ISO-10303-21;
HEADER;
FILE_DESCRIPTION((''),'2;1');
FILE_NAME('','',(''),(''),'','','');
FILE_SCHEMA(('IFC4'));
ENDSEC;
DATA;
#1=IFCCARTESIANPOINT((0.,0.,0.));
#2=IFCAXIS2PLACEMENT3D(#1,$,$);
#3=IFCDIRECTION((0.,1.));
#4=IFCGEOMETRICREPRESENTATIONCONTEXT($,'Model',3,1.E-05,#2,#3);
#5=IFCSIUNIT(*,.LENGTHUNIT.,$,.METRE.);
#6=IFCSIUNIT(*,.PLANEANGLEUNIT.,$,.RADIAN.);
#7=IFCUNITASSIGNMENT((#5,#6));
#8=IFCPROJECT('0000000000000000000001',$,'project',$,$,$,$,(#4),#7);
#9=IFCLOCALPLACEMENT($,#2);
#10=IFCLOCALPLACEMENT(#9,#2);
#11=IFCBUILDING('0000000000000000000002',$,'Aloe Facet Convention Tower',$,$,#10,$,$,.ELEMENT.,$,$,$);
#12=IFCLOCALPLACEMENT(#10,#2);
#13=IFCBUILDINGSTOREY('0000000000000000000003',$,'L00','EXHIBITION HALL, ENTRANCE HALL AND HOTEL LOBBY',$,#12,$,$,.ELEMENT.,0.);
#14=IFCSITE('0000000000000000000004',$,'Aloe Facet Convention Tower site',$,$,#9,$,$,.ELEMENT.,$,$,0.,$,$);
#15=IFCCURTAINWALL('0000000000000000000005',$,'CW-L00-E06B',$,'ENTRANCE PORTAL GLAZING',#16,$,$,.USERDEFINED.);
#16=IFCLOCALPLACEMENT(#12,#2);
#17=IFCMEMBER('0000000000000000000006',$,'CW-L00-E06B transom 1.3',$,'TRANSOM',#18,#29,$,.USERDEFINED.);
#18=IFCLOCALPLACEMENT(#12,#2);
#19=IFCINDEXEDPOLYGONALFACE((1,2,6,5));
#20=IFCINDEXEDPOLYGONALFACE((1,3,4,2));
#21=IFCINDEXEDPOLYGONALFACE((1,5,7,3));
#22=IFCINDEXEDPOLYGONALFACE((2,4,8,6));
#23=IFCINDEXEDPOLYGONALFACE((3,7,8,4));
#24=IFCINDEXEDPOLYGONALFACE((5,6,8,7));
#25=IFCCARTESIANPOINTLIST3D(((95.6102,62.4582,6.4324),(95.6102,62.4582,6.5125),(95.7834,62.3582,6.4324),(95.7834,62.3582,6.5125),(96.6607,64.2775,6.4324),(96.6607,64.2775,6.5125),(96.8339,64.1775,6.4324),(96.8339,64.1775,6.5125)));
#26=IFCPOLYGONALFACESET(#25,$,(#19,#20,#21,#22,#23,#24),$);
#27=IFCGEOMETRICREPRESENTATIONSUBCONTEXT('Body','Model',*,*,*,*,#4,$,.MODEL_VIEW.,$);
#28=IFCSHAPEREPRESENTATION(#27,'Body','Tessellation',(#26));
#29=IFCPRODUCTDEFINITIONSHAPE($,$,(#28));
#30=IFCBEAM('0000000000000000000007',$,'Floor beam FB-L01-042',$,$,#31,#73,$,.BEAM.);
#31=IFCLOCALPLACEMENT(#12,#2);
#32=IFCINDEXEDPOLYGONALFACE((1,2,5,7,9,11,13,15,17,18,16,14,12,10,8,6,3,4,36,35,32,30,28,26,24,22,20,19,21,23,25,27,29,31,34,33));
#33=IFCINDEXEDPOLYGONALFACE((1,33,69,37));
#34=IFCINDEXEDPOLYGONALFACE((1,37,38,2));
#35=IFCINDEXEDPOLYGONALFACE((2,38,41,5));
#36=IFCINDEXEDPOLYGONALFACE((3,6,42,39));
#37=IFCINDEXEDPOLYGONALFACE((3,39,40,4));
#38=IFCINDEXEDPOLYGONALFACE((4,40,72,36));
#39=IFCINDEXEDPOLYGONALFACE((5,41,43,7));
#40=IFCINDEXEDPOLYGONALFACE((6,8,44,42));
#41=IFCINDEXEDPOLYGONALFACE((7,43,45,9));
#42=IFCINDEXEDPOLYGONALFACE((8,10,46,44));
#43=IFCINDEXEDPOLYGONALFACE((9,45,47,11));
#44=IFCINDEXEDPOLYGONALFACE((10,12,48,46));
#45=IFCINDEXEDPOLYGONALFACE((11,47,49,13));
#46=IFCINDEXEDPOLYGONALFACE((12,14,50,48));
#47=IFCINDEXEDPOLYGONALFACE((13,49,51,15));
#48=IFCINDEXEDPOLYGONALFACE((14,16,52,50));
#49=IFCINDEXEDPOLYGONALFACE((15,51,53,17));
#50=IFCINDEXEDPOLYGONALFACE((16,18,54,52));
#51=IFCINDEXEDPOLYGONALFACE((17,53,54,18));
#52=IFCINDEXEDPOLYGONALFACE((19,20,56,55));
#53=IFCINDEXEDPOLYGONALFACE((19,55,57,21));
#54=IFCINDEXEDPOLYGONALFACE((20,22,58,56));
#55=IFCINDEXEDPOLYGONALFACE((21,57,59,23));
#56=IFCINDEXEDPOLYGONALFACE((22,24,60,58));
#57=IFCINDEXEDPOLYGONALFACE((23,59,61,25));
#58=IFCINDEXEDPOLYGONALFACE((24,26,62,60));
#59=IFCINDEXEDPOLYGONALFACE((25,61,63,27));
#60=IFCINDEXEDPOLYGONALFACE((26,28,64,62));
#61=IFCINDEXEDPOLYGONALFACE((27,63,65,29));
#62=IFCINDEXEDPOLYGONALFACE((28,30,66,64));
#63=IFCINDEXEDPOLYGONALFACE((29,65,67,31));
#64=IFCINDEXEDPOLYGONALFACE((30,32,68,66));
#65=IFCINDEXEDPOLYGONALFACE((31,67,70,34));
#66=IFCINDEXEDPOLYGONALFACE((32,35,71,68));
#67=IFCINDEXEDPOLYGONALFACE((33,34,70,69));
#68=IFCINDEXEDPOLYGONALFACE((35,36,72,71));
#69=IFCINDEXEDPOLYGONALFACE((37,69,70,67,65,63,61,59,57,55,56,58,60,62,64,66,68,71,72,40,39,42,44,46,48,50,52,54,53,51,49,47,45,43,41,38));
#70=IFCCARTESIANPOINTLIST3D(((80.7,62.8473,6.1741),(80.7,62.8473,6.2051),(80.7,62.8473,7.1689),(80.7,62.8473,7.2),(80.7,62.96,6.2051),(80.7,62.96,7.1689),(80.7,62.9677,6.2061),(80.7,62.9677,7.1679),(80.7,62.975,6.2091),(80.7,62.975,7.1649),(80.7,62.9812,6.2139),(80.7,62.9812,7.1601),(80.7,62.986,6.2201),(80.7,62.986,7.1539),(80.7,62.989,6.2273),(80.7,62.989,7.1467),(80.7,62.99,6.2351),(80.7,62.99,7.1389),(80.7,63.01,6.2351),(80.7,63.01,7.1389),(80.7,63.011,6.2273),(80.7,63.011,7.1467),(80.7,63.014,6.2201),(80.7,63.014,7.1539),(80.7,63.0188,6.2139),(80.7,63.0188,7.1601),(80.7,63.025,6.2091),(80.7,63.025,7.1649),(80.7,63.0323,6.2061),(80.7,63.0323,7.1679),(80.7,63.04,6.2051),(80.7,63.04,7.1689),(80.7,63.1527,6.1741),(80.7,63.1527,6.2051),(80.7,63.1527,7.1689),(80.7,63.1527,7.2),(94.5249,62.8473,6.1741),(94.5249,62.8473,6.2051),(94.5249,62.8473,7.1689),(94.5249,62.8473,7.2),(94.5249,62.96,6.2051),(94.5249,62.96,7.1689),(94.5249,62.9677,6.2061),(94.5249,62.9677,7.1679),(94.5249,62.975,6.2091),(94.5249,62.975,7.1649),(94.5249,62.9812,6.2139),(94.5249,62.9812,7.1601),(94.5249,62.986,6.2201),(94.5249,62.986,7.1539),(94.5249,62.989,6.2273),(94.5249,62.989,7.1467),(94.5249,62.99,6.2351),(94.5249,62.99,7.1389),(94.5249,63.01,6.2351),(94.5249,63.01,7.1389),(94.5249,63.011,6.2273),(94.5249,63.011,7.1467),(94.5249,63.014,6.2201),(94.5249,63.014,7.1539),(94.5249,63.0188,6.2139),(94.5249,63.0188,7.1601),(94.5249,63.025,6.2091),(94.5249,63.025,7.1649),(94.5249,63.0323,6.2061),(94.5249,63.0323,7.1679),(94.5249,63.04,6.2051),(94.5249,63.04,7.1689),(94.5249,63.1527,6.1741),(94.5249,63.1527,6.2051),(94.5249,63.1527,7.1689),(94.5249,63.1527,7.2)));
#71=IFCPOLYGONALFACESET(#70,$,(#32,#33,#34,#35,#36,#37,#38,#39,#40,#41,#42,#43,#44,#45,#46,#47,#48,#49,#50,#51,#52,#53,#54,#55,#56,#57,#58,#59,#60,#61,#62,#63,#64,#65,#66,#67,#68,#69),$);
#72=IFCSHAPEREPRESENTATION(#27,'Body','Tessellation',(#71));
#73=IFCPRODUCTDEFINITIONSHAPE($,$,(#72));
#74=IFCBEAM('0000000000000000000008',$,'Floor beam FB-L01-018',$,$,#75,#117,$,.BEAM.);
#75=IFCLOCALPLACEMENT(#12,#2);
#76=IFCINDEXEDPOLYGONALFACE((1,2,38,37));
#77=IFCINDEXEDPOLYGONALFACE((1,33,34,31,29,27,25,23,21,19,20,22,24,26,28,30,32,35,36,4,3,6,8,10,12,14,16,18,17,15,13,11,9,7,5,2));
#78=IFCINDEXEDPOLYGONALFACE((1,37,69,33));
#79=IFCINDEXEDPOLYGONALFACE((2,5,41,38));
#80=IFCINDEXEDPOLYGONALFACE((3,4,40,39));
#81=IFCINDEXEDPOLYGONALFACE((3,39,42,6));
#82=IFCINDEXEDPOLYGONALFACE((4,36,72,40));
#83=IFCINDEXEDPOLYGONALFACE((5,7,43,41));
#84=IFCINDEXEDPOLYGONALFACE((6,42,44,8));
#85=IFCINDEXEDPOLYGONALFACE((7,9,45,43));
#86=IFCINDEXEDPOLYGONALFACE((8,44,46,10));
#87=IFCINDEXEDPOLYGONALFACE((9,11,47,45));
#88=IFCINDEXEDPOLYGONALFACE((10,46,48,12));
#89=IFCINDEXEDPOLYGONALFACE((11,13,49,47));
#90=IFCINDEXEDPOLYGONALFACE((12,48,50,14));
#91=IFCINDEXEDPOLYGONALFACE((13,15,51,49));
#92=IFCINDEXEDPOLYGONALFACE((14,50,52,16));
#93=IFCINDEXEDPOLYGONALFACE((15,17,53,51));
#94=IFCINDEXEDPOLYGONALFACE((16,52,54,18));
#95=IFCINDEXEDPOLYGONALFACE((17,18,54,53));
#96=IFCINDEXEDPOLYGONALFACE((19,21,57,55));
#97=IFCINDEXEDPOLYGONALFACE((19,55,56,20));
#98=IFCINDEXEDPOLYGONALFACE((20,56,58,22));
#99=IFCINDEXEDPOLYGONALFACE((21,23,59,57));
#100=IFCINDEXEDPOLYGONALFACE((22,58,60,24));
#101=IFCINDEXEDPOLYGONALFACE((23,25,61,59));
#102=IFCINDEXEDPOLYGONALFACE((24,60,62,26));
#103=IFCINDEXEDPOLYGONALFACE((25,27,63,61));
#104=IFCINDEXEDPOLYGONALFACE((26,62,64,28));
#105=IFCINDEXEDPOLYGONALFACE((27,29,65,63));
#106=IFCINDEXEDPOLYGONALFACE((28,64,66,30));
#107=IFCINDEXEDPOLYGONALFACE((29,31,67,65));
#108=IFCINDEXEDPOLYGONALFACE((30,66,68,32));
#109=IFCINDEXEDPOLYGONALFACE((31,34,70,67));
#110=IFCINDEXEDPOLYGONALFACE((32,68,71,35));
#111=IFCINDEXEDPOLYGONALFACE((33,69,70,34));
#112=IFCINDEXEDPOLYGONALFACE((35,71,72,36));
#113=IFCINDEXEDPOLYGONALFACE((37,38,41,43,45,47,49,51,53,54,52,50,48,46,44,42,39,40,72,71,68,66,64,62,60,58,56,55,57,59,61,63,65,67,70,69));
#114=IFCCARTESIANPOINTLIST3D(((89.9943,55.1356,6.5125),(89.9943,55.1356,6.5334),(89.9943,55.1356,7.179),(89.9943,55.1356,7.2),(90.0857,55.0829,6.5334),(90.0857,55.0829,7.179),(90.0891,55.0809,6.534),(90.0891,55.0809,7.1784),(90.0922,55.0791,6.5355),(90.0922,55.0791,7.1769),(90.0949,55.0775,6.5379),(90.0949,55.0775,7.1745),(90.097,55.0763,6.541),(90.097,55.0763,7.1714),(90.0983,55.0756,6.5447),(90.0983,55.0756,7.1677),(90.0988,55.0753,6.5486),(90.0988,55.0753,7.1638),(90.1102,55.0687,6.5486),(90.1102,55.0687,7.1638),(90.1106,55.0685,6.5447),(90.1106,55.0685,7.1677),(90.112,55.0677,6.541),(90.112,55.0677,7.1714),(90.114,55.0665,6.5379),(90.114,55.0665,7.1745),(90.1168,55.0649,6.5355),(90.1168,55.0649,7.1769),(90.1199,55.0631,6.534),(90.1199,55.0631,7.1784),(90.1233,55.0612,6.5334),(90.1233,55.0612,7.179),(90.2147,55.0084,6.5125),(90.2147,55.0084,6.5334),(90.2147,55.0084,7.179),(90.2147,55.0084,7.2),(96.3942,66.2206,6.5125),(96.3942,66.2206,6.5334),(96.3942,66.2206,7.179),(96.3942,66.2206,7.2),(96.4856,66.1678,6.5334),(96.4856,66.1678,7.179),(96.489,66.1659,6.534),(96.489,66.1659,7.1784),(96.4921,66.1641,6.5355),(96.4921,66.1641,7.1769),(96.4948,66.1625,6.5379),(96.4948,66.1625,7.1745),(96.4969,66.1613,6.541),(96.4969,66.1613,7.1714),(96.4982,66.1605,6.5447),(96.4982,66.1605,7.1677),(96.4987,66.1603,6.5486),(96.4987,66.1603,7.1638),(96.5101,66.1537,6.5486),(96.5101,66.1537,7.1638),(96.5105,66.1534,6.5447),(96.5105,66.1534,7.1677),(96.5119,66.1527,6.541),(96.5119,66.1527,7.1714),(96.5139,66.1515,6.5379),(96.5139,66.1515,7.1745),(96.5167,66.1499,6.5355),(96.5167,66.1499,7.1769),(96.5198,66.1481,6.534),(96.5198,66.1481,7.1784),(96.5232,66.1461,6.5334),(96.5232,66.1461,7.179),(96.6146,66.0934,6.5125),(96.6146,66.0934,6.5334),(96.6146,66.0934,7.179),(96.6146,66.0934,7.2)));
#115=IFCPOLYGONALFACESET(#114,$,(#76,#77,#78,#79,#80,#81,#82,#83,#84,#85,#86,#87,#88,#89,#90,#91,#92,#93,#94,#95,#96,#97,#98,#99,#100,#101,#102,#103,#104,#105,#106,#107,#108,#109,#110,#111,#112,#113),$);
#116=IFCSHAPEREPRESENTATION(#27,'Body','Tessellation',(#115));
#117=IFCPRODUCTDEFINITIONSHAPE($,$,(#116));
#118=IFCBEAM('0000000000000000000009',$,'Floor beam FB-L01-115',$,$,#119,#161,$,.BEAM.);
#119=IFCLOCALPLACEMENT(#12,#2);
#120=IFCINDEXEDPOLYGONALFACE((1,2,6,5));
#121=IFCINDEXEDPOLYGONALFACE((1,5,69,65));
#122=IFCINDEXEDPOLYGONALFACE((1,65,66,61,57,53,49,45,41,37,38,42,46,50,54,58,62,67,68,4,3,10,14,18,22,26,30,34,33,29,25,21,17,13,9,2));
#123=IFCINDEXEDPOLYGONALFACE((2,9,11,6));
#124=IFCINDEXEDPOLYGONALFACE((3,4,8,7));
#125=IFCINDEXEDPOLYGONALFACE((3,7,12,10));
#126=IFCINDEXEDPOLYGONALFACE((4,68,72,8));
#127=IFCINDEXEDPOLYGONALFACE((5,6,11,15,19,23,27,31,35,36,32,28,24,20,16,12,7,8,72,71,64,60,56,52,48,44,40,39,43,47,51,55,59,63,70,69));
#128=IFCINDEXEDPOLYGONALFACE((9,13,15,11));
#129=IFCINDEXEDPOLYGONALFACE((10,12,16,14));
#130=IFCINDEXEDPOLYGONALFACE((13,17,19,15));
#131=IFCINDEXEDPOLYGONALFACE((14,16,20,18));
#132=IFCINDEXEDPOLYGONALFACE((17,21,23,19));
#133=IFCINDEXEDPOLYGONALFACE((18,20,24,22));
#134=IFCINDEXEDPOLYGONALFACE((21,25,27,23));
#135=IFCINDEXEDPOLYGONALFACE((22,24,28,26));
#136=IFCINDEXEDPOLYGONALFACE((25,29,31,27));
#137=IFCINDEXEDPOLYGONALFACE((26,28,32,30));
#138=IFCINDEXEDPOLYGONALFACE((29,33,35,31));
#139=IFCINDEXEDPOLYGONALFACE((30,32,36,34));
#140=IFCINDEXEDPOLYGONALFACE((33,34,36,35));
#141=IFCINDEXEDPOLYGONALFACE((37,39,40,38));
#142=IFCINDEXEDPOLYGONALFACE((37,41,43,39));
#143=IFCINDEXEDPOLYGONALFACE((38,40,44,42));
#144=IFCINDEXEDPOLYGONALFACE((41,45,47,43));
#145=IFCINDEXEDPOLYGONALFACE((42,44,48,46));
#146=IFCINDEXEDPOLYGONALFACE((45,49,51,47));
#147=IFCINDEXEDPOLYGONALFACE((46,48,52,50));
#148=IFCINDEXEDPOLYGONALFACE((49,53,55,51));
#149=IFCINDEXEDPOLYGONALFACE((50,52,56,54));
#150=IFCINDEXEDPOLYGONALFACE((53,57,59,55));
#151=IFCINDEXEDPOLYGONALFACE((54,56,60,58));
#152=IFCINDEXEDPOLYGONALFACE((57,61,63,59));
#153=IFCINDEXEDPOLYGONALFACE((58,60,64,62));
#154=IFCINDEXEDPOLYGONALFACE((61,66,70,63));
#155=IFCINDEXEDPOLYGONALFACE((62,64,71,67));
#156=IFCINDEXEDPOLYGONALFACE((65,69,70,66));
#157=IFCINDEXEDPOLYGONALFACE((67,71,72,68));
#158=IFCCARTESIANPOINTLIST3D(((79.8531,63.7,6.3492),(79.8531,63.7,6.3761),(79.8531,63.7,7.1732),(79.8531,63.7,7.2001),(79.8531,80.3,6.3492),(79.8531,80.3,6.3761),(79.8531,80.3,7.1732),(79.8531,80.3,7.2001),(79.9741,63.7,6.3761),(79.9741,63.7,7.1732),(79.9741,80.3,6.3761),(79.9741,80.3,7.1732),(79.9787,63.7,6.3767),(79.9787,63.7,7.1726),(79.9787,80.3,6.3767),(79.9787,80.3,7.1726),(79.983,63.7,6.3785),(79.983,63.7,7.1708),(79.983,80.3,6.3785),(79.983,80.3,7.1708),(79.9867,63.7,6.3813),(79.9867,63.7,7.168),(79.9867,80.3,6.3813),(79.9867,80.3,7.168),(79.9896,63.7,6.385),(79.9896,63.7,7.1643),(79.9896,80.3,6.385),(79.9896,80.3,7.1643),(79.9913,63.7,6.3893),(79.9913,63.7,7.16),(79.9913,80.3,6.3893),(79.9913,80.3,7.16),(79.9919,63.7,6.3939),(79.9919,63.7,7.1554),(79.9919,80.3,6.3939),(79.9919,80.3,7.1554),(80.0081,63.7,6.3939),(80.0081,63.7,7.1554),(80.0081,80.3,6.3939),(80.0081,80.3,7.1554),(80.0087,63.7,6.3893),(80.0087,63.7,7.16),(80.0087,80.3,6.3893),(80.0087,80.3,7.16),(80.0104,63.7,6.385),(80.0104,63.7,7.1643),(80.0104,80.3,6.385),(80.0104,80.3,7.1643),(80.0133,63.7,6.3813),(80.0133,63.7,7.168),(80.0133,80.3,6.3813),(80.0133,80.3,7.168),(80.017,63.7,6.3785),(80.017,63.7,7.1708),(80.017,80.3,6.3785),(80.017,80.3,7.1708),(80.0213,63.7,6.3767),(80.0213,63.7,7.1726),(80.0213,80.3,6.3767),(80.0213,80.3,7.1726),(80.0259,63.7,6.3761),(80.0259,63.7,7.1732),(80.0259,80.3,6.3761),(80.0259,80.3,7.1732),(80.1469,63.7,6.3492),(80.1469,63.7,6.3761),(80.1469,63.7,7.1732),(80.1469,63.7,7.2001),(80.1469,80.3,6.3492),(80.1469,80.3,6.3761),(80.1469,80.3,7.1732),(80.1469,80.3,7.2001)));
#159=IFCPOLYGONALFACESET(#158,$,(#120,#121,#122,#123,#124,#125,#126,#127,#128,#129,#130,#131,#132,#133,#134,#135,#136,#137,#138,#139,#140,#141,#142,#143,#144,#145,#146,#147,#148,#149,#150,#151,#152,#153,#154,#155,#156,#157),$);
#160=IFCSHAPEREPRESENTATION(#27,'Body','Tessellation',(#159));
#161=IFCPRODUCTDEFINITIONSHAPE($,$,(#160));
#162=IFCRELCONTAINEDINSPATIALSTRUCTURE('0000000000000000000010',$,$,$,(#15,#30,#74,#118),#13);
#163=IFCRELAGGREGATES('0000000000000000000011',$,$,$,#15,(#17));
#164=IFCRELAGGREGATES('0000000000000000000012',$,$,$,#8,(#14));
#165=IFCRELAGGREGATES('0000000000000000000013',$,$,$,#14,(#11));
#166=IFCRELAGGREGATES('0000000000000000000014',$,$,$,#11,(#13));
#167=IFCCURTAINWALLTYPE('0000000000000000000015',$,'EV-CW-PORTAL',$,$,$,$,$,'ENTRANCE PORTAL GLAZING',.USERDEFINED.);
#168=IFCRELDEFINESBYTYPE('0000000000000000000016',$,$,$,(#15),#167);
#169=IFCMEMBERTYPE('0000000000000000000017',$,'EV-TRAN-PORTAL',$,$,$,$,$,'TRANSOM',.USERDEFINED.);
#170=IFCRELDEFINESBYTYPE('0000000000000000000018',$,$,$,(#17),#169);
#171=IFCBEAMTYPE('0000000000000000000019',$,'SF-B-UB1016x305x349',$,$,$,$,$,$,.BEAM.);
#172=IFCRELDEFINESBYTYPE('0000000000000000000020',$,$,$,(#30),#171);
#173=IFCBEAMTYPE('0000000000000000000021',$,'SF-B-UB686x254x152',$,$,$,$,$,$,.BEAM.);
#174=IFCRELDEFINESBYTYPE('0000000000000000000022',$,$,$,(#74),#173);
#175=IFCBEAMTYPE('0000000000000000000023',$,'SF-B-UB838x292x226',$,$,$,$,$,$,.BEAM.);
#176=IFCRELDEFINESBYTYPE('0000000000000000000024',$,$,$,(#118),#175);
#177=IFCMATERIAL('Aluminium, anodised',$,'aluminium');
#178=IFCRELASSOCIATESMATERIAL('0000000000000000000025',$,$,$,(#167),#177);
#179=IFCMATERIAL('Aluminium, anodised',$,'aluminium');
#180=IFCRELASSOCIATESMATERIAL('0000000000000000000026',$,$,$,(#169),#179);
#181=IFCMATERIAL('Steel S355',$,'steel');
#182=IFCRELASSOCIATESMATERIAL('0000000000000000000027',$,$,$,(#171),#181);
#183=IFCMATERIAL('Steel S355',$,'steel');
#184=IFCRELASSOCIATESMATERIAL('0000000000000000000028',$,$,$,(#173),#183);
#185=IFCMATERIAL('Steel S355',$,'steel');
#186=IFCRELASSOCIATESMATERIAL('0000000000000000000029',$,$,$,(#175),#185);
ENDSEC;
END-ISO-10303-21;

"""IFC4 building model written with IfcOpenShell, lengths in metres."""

from ifc_helpers import new_model, si_unit, direction, frame, origin, origin_2d, place, context, subcontext, project, spatial, rectangle, i_section, extrude, material, material_profile, profile_set, type_object, element, aggregate, save


model = new_model("IFC4")

# Units and contexts
model_context = context("Model", 3, precision=1e-05, world=origin(), true_north=direction((0.0, 1.0)))
body_context = subcontext(model_context, "Body", "Model", "MODEL_VIEW")
ifc_project = project(units=[si_unit("LENGTHUNIT", "METRE"), si_unit("PLANEANGLEUNIT", "RADIAN")], contexts=[model_context])

# Site, building, storey
site_placement = place(None, origin())
site = spatial("IfcSite", under=ifc_project, at=site_placement, Name="Aloe Facet Convention Tower site", CompositionType="ELEMENT", RefElevation=0.0)
building_placement = place(site_placement, origin())
building = spatial("IfcBuilding", under=site, at=building_placement, Name="Aloe Facet Convention Tower", CompositionType="ELEMENT")
storey_placement = place(building_placement, origin())
storey = spatial("IfcBuildingStorey", under=building, at=storey_placement, Name="L00", Description="EXHIBITION HALL, ENTRANCE HALL AND HOTEL LOBBY", CompositionType="ELEMENT", Elevation=0.0)

# Shared definitions
ifc_material_1 = material(Name="Aluminium, anodised", Category="aluminium")
curtain_wall_type = type_object("IfcCurtainWallType", Name="EV-CW-PORTAL", ElementType="ENTRANCE PORTAL GLAZING", PredefinedType="USERDEFINED", material=ifc_material_1)

# Curtain wall, member
curtain_wall_1_placement = place(storey_placement, origin())
curtain_wall_1 = element("IfcCurtainWall", 1, at=curtain_wall_1_placement, inside=storey, type_object=curtain_wall_type, Name="CW-L00-E06B", ObjectType="ENTRANCE PORTAL GLAZING", PredefinedType="USERDEFINED")
ifc_material_2 = material(Name="Aluminium, anodised", Category="aluminium")
ifc_material_profile_1 = material_profile(ifc_material_2, rectangle(XDim=0.2, YDim=0.0801, at=origin_2d()), Name="AL 200x80")
ifc_profile_set_1 = profile_set([ifc_material_profile_1], Name="Aluminium, anodised")
member_type_1 = type_object("IfcMemberType", Name="EV-TRAN-PORTAL", ElementType="TRANSOM", PredefinedType="USERDEFINED", material=ifc_profile_set_1)
member_1_placement = place(storey_placement, frame((95.6968, 62.4082, 6.4724), z_axis=(0.500051, 0.865996, 0.0), x_axis=(-0.865996, 0.500051, 0.0)))
member_1 = element("IfcMember", 2, at=member_1_placement, type_object=member_type_1, Name="CW-L00-E06B transom 1.3", ObjectType="TRANSOM", PredefinedType="USERDEFINED", context=body_context, shape_type="SweptSolid", body=[
    extrude(rectangle(XDim=0.2, YDim=0.0801, at=origin_2d()), origin(), (0.0, 0.0, 1.0), 2.1008),
])

# Beams
ifc_material_3 = material(Name="Steel S355", Category="steel")
ifc_material_profile_2 = material_profile(ifc_material_3, i_section(OverallWidth=0.3054, OverallDepth=1.0259, WebThickness=0.02, FlangeThickness=0.031, FilletRadius=0.03, at=origin_2d()), Name="UB 1016x305x349")
ifc_profile_set_2 = profile_set([ifc_material_profile_2], Name="Steel S355")
beam_type_1 = type_object("IfcBeamType", Name="SF-B-UB1016x305x349", PredefinedType="BEAM", material=ifc_profile_set_2)
beam_1_placement = place(storey_placement, frame((80.7, 63.0, 6.687), z_axis=(1.0, 0.0, 0.0), x_axis=(0.0, 1.0, 0.0)))
element("IfcBeam", 3, at=beam_1_placement, inside=storey, type_object=beam_type_1, Name="Floor beam FB-L01-042", PredefinedType="BEAM", context=body_context, shape_type="SweptSolid", body=[
    extrude(i_section(OverallWidth=0.3054, OverallDepth=1.0259, WebThickness=0.02, FlangeThickness=0.031, FilletRadius=0.03, at=origin_2d()), origin(), (0.0, 0.0, 1.0), 13.825),
])
ifc_material_4 = material(Name="Steel S355", Category="steel")
ifc_material_profile_3 = material_profile(ifc_material_4, i_section(OverallWidth=0.2544, OverallDepth=0.6875, WebThickness=0.0132, FlangeThickness=0.021, FilletRadius=0.0151, at=origin_2d()), Name="UB 686x254x152")
ifc_profile_set_3 = profile_set([ifc_material_profile_3], Name="Steel S355")
beam_type_2 = type_object("IfcBeamType", Name="SF-B-UB686x254x152", PredefinedType="BEAM", material=ifc_profile_set_3)
beam_2_placement = place(storey_placement, frame((96.5044, 66.157, 6.8562), z_axis=(-0.5, -0.866025, 0.0), x_axis=(0.866025, -0.5, 0.0)))
element("IfcBeam", 4, at=beam_2_placement, inside=storey, type_object=beam_type_2, Name="Floor beam FB-L01-018", PredefinedType="BEAM", context=body_context, shape_type="SweptSolid", body=[
    extrude(i_section(OverallWidth=0.2544, OverallDepth=0.6875, WebThickness=0.0132, FlangeThickness=0.021, FilletRadius=0.0151, at=origin_2d()), origin(), (0.0, 0.0, 1.0), 12.7998),
])
ifc_material_5 = material(Name="Steel S355", Category="steel")
ifc_material_profile_4 = material_profile(ifc_material_5, i_section(OverallWidth=0.2937, OverallDepth=0.8508, WebThickness=0.0161, FlangeThickness=0.0269, FilletRadius=0.0178, at=origin_2d()), Name="UB 838x292x226")
ifc_profile_set_4 = profile_set([ifc_material_profile_4], Name="Steel S355")
beam_type_3 = type_object("IfcBeamType", Name="SF-B-UB838x292x226", PredefinedType="BEAM", material=ifc_profile_set_4)
beam_3_placement = place(storey_placement, frame((80.0, 63.7, 6.7747), z_axis=(0.0, 1.0, 0.0), x_axis=(-1.0, 0.0, 0.0)))
element("IfcBeam", 5, at=beam_3_placement, inside=storey, type_object=beam_type_3, Name="Floor beam FB-L01-115", PredefinedType="BEAM", context=body_context, shape_type="SweptSolid", body=[
    extrude(i_section(OverallWidth=0.2937, OverallDepth=0.8508, WebThickness=0.0161, FlangeThickness=0.0269, FilletRadius=0.0178, at=origin_2d()), origin(), (0.0, 0.0, 1.0), 16.6001),
])

aggregate(curtain_wall_1, [member_1])

save(model, "model.ifc")
